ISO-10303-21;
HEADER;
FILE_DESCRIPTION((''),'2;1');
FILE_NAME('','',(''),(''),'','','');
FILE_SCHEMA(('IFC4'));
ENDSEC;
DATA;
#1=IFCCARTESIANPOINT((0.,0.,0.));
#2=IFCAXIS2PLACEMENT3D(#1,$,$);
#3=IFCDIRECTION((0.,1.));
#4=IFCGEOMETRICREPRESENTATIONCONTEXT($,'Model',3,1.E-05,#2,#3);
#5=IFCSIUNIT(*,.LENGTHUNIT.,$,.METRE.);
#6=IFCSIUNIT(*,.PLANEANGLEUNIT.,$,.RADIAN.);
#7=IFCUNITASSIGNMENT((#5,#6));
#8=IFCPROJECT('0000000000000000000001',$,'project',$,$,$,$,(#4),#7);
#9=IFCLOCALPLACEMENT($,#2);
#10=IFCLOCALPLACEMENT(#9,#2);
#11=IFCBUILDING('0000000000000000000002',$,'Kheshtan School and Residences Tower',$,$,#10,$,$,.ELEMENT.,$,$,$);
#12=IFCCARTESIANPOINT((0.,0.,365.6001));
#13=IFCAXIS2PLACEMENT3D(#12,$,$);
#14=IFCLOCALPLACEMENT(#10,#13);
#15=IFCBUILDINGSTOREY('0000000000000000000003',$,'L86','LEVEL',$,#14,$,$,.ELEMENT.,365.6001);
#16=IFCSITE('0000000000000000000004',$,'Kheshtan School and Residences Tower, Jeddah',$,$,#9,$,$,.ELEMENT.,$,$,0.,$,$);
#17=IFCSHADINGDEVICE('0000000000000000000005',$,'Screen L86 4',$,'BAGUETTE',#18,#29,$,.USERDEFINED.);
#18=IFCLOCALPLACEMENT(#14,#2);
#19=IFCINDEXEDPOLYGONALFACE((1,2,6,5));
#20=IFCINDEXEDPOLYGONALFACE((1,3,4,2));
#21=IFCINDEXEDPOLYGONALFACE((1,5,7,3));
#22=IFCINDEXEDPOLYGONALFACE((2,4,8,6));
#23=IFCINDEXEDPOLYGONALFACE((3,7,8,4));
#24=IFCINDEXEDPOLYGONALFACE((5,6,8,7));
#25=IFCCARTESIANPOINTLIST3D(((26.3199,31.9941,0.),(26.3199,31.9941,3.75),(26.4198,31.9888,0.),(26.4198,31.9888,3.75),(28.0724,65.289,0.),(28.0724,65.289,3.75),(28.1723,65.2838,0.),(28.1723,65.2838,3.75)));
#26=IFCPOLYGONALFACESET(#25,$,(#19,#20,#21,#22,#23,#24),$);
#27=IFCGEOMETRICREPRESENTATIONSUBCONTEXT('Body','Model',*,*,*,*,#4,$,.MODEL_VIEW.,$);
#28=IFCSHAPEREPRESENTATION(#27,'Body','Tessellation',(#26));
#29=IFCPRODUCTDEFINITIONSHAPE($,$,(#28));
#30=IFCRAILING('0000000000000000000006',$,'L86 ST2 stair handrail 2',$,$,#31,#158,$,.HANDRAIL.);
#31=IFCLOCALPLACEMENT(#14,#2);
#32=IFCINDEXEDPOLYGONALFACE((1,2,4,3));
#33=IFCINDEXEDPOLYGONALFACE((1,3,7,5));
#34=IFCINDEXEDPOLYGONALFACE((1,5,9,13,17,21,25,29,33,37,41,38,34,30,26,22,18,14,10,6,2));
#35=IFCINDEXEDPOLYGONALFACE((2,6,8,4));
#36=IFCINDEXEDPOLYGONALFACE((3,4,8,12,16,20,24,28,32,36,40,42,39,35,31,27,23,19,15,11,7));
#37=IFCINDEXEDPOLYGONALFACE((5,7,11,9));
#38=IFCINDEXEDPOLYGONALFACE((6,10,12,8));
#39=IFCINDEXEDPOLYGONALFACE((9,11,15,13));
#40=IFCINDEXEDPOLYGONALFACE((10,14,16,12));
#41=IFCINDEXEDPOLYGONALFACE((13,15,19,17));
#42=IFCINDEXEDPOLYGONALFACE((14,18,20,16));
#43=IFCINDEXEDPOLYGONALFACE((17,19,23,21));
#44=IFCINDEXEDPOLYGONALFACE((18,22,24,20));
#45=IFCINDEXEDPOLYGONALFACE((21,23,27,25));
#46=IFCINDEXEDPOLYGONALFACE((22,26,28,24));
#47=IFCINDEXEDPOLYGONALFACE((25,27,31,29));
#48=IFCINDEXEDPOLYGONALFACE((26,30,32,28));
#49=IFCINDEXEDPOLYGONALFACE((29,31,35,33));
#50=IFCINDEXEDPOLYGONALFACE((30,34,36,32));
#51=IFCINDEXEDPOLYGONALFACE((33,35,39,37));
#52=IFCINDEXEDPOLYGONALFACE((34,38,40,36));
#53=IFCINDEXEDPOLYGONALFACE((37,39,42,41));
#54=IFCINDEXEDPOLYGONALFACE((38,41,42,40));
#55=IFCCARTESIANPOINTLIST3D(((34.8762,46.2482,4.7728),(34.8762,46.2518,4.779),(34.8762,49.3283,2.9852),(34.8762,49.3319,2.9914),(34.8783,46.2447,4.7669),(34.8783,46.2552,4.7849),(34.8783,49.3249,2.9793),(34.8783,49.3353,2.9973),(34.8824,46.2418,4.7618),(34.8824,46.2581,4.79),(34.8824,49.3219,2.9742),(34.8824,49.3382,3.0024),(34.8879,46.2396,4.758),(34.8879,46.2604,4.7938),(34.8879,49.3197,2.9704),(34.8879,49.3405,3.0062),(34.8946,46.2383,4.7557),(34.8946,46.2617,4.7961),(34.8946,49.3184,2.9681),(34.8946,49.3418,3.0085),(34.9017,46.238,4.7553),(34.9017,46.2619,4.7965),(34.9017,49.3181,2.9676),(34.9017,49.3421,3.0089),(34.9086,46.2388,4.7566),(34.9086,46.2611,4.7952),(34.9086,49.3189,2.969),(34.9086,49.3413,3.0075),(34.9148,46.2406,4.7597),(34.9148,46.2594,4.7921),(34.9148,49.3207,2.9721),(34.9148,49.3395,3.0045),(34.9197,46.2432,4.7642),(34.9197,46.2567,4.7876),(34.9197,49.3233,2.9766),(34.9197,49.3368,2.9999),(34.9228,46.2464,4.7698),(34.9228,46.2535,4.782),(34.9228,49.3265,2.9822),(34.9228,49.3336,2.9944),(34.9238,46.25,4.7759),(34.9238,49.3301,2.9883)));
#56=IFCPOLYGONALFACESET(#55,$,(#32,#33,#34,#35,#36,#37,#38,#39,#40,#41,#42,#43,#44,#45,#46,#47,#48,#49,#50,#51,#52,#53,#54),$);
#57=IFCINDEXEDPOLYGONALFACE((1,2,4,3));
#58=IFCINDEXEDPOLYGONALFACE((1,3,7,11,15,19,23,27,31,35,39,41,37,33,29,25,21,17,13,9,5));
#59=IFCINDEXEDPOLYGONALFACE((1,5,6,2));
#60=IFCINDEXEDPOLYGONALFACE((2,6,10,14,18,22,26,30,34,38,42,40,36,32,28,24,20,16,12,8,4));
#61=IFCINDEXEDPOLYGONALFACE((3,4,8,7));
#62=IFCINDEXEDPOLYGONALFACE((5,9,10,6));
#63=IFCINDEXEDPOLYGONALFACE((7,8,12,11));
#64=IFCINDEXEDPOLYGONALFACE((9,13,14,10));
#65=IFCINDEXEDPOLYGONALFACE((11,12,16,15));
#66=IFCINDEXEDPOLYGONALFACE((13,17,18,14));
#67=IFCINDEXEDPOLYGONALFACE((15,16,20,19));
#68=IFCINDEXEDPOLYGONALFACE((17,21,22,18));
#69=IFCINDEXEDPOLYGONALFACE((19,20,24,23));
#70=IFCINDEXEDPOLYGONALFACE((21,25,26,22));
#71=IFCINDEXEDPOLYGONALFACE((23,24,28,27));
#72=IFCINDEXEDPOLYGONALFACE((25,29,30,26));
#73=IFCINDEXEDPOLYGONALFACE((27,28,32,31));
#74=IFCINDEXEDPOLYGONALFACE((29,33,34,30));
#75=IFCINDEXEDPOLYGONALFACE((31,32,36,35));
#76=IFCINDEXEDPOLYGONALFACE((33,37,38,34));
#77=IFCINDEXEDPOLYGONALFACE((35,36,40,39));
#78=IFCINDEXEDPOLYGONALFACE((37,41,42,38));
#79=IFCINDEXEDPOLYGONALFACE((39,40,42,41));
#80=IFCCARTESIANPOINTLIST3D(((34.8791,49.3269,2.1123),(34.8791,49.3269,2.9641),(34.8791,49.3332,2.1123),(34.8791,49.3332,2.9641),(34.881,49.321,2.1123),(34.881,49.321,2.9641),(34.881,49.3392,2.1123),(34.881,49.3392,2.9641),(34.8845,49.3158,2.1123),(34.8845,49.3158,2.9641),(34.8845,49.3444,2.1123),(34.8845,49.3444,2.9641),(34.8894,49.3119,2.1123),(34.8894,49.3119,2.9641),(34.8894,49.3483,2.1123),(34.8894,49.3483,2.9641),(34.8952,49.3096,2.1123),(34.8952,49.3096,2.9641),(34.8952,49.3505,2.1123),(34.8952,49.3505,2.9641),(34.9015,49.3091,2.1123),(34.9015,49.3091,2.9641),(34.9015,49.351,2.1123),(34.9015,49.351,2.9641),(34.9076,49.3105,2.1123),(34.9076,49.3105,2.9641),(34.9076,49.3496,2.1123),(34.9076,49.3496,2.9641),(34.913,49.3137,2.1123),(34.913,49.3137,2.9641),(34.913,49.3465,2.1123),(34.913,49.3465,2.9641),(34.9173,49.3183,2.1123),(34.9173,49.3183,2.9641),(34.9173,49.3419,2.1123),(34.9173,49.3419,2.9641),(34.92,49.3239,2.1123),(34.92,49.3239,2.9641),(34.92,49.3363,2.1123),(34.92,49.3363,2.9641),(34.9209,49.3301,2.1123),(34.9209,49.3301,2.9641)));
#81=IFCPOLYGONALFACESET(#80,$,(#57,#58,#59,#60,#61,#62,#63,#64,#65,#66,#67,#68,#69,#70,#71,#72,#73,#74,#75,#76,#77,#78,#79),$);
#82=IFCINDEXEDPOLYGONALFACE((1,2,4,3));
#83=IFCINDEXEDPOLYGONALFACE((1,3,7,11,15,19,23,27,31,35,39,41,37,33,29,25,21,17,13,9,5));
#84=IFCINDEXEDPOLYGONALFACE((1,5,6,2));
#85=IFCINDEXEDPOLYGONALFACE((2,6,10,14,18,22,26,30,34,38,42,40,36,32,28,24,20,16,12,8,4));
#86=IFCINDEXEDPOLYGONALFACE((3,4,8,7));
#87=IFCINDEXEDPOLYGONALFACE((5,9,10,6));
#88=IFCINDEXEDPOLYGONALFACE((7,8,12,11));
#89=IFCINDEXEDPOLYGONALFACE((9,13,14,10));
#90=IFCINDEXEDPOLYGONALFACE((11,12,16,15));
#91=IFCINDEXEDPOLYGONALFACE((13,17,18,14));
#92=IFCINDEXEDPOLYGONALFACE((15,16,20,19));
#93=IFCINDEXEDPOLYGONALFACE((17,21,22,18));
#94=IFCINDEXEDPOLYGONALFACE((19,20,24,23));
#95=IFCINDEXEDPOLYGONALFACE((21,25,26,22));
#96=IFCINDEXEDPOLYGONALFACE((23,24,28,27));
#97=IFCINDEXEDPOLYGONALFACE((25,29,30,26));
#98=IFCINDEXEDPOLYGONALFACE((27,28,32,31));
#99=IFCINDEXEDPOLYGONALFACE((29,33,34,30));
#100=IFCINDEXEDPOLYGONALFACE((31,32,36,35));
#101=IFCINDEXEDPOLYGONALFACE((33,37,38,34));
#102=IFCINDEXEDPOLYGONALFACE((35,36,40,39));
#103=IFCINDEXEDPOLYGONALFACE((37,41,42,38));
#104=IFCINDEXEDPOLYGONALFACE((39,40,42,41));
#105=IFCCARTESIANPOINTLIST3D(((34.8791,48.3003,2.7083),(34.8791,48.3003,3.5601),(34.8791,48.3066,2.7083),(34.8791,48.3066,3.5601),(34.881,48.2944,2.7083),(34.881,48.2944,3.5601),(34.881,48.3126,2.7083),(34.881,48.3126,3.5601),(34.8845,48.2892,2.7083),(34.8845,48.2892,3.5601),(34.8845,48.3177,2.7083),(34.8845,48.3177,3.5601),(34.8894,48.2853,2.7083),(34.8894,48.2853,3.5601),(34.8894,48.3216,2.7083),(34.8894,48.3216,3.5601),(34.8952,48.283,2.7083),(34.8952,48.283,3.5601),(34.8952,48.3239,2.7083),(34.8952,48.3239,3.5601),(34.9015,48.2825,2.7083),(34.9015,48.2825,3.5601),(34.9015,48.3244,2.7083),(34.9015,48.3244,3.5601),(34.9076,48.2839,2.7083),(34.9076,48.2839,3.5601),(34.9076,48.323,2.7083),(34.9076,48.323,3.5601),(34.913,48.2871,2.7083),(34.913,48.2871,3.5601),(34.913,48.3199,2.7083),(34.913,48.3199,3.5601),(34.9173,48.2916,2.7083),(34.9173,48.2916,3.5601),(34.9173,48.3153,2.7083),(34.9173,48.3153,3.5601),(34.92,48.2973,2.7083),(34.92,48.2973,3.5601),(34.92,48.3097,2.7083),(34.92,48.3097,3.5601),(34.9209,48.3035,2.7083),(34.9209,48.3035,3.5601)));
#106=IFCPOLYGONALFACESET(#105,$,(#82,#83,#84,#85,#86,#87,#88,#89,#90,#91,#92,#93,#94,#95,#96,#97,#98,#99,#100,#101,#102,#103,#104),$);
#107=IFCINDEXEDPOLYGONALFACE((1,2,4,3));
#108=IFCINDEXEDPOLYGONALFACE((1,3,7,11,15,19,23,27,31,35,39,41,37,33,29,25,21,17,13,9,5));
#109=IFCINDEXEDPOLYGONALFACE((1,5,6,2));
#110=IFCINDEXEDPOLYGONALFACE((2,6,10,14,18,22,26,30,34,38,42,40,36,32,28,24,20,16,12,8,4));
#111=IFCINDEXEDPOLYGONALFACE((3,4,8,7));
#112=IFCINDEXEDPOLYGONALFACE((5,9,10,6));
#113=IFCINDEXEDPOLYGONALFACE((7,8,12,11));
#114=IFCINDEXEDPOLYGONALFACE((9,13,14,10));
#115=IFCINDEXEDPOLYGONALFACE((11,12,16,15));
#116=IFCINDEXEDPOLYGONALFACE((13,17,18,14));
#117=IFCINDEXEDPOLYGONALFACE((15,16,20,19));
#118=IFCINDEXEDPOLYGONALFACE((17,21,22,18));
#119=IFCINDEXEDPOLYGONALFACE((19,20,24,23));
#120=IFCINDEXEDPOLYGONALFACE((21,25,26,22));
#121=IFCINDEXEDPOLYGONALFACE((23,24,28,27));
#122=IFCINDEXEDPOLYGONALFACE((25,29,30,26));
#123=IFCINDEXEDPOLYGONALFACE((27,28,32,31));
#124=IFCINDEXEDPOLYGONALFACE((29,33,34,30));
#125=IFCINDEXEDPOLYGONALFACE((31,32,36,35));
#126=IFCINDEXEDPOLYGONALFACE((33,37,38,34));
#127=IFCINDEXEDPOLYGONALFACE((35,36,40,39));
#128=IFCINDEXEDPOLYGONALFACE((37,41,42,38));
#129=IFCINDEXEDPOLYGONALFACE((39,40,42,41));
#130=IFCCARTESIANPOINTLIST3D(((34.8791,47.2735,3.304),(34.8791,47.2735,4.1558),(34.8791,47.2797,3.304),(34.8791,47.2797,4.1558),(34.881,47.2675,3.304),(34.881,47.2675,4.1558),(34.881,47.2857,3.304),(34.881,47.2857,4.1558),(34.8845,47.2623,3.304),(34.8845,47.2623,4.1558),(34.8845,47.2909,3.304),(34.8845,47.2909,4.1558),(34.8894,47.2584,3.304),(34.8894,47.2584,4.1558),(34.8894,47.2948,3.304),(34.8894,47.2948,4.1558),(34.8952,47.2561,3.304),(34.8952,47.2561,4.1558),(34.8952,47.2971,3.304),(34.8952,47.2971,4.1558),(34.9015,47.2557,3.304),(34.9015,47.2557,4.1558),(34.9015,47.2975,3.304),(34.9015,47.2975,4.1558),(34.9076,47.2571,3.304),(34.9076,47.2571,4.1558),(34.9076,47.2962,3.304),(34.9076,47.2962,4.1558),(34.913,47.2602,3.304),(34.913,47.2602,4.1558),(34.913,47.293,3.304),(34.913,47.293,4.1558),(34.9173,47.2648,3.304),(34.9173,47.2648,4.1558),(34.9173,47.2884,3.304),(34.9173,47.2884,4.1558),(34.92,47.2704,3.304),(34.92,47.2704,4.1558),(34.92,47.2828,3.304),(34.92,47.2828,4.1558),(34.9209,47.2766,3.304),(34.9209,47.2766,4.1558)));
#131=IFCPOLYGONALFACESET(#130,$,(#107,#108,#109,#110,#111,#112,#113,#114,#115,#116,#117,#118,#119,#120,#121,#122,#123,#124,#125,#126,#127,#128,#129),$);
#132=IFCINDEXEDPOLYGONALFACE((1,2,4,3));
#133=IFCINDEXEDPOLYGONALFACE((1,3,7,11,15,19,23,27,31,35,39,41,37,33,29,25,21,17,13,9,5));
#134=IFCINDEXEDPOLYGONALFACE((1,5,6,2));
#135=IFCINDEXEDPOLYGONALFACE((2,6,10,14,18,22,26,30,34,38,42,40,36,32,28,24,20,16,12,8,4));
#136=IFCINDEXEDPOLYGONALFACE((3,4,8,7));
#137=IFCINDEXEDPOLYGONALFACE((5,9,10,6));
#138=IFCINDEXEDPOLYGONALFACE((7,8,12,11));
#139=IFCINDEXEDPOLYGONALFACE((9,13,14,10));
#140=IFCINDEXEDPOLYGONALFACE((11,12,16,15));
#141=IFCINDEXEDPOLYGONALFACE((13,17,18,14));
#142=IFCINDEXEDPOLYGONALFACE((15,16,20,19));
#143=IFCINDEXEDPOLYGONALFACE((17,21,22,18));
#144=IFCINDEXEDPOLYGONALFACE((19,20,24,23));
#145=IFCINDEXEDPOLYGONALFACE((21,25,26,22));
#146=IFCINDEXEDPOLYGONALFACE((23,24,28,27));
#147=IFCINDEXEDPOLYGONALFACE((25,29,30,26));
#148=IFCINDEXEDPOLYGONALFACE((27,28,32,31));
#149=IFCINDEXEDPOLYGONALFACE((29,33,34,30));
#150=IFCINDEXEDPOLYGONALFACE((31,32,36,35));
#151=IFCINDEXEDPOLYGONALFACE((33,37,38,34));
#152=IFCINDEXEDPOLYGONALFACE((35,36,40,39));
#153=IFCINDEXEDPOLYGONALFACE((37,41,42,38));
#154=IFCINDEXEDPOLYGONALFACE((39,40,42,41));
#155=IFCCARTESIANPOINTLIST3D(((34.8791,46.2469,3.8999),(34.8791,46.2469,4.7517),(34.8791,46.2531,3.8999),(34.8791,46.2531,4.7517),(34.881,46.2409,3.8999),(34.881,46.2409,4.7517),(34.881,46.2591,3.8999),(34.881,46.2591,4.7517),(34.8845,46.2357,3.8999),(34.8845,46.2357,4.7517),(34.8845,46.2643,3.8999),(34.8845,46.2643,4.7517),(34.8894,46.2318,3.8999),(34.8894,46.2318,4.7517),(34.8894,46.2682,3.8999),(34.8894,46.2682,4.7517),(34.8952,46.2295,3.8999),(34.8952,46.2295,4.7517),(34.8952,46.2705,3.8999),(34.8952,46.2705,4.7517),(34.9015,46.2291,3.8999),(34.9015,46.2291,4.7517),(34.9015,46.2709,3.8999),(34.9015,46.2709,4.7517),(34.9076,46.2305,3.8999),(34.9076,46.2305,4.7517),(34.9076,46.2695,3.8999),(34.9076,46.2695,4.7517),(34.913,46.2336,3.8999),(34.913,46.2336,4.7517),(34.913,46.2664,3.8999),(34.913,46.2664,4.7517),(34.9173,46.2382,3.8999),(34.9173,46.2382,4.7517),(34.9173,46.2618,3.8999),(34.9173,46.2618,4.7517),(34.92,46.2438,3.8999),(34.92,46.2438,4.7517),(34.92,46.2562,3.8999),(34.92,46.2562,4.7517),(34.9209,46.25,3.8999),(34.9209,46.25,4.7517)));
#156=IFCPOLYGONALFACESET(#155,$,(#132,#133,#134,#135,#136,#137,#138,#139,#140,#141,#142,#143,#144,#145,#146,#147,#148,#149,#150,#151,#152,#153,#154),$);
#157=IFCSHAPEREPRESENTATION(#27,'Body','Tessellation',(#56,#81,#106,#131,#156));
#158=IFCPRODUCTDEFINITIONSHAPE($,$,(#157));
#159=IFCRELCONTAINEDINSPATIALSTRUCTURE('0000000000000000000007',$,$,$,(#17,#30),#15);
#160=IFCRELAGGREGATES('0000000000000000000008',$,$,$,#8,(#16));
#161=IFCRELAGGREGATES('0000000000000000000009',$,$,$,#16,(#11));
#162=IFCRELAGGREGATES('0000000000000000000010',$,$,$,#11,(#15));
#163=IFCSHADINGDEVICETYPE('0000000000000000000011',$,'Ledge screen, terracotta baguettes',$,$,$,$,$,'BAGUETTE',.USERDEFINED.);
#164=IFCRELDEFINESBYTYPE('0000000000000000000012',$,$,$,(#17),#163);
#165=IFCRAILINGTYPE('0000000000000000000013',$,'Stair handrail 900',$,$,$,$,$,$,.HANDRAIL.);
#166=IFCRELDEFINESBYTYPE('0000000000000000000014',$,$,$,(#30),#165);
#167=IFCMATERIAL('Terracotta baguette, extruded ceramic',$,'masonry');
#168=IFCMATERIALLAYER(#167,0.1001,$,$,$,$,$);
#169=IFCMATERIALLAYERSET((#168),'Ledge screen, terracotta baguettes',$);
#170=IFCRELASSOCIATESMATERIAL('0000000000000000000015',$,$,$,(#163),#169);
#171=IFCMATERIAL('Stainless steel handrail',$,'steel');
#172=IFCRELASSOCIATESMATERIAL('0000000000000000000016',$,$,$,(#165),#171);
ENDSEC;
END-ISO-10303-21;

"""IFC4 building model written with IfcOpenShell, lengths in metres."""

from ifc_helpers import new_model, si_unit, direction, frame, origin, origin_2d, place, context, subcontext, project, spatial, rectangle, circle, extrude, material, layer, layer_set, type_object, element, save


model = new_model("IFC4")

# Units and contexts
model_context = context("Model", 3, precision=1e-05, world=origin(), true_north=direction((0.0, 1.0)))
body_context = subcontext(model_context, "Body", "Model", "MODEL_VIEW")
ifc_project = project(units=[si_unit("LENGTHUNIT", "METRE"), si_unit("PLANEANGLEUNIT", "RADIAN")], contexts=[model_context])

# Site, building, storey
site_placement = place(None, origin())
site = spatial("IfcSite", under=ifc_project, at=site_placement, Name="Kheshtan School and Residences Tower, Jeddah", CompositionType="ELEMENT", RefElevation=0.0)
building_placement = place(site_placement, origin())
building = spatial("IfcBuilding", under=site, at=building_placement, Name="Kheshtan School and Residences Tower", CompositionType="ELEMENT")
storey_placement = place(building_placement, frame((0.0, 0.0, 365.6001)))
storey = spatial("IfcBuildingStorey", under=building, at=storey_placement, Name="L86", Description="LEVEL", CompositionType="ELEMENT", Elevation=365.6001)

# Shading device
ifc_material_1 = material(Name="Terracotta baguette, extruded ceramic", Category="masonry")
ifc_layer_1 = layer(ifc_material_1, 0.1001)
ifc_layer_set_1 = layer_set([ifc_layer_1], Name="Ledge screen, terracotta baguettes")
shading_device_type = type_object("IfcShadingDeviceType", Name="Ledge screen, terracotta baguettes", ElementType="BAGUETTE", PredefinedType="USERDEFINED", material=ifc_layer_set_1)
shading_device_placement = place(storey_placement, frame((27.2461, 48.6389, 0.0), z_axis=(0.0, 0.0, 1.0), x_axis=(0.052563, 0.998618, 0.0)))
element("IfcShadingDevice", 1, at=shading_device_placement, inside=storey, type_object=shading_device_type, Name="Screen L86 4", ObjectType="BAGUETTE", PredefinedType="USERDEFINED", context=body_context, shape_type="SweptSolid", body=[
    extrude(rectangle(XDim=33.3411, YDim=0.1001, at=origin_2d()), origin(), (0.0, 0.0, 1.0), 3.75),
])

# Railing
ifc_material_2 = material(Name="Stainless steel handrail", Category="steel")
railing_type = type_object("IfcRailingType", Name="Stair handrail 900", PredefinedType="HANDRAIL", material=ifc_material_2)
railing_placement = place(storey_placement, frame((34.8999, 49.3301, 2.1123)))
element("IfcRailing", 2, at=railing_placement, inside=storey, type_object=railing_type, Name="L86 ST2 stair handrail 2", PredefinedType="HANDRAIL", context=body_context, shape_type="SweptSolid", body=[
    extrude(circle(Radius=0.0239, at=origin_2d()), frame((0.0, 0.0, 0.876), z_axis=(0.0, -0.864891, 0.50196), x_axis=(1.0, 0.0, 0.0)), (0.0, 0.0, 1.0), 3.5613),
    extrude(circle(Radius=0.021, at=origin_2d()), origin(), (0.0, 0.0, 1.0), 0.8518),
    extrude(circle(Radius=0.021, at=origin_2d()), frame((0.0, -1.0266, 0.5959)), (0.0, 0.0, 1.0), 0.8518),
    extrude(circle(Radius=0.021, at=origin_2d()), frame((0.0, -2.0535, 1.1917)), (0.0, 0.0, 1.0), 0.8518),
    extrude(circle(Radius=0.021, at=origin_2d()), frame((0.0, -3.0801, 1.7876)), (0.0, 0.0, 1.0), 0.8518),
])

save(model, "model.ifc")
